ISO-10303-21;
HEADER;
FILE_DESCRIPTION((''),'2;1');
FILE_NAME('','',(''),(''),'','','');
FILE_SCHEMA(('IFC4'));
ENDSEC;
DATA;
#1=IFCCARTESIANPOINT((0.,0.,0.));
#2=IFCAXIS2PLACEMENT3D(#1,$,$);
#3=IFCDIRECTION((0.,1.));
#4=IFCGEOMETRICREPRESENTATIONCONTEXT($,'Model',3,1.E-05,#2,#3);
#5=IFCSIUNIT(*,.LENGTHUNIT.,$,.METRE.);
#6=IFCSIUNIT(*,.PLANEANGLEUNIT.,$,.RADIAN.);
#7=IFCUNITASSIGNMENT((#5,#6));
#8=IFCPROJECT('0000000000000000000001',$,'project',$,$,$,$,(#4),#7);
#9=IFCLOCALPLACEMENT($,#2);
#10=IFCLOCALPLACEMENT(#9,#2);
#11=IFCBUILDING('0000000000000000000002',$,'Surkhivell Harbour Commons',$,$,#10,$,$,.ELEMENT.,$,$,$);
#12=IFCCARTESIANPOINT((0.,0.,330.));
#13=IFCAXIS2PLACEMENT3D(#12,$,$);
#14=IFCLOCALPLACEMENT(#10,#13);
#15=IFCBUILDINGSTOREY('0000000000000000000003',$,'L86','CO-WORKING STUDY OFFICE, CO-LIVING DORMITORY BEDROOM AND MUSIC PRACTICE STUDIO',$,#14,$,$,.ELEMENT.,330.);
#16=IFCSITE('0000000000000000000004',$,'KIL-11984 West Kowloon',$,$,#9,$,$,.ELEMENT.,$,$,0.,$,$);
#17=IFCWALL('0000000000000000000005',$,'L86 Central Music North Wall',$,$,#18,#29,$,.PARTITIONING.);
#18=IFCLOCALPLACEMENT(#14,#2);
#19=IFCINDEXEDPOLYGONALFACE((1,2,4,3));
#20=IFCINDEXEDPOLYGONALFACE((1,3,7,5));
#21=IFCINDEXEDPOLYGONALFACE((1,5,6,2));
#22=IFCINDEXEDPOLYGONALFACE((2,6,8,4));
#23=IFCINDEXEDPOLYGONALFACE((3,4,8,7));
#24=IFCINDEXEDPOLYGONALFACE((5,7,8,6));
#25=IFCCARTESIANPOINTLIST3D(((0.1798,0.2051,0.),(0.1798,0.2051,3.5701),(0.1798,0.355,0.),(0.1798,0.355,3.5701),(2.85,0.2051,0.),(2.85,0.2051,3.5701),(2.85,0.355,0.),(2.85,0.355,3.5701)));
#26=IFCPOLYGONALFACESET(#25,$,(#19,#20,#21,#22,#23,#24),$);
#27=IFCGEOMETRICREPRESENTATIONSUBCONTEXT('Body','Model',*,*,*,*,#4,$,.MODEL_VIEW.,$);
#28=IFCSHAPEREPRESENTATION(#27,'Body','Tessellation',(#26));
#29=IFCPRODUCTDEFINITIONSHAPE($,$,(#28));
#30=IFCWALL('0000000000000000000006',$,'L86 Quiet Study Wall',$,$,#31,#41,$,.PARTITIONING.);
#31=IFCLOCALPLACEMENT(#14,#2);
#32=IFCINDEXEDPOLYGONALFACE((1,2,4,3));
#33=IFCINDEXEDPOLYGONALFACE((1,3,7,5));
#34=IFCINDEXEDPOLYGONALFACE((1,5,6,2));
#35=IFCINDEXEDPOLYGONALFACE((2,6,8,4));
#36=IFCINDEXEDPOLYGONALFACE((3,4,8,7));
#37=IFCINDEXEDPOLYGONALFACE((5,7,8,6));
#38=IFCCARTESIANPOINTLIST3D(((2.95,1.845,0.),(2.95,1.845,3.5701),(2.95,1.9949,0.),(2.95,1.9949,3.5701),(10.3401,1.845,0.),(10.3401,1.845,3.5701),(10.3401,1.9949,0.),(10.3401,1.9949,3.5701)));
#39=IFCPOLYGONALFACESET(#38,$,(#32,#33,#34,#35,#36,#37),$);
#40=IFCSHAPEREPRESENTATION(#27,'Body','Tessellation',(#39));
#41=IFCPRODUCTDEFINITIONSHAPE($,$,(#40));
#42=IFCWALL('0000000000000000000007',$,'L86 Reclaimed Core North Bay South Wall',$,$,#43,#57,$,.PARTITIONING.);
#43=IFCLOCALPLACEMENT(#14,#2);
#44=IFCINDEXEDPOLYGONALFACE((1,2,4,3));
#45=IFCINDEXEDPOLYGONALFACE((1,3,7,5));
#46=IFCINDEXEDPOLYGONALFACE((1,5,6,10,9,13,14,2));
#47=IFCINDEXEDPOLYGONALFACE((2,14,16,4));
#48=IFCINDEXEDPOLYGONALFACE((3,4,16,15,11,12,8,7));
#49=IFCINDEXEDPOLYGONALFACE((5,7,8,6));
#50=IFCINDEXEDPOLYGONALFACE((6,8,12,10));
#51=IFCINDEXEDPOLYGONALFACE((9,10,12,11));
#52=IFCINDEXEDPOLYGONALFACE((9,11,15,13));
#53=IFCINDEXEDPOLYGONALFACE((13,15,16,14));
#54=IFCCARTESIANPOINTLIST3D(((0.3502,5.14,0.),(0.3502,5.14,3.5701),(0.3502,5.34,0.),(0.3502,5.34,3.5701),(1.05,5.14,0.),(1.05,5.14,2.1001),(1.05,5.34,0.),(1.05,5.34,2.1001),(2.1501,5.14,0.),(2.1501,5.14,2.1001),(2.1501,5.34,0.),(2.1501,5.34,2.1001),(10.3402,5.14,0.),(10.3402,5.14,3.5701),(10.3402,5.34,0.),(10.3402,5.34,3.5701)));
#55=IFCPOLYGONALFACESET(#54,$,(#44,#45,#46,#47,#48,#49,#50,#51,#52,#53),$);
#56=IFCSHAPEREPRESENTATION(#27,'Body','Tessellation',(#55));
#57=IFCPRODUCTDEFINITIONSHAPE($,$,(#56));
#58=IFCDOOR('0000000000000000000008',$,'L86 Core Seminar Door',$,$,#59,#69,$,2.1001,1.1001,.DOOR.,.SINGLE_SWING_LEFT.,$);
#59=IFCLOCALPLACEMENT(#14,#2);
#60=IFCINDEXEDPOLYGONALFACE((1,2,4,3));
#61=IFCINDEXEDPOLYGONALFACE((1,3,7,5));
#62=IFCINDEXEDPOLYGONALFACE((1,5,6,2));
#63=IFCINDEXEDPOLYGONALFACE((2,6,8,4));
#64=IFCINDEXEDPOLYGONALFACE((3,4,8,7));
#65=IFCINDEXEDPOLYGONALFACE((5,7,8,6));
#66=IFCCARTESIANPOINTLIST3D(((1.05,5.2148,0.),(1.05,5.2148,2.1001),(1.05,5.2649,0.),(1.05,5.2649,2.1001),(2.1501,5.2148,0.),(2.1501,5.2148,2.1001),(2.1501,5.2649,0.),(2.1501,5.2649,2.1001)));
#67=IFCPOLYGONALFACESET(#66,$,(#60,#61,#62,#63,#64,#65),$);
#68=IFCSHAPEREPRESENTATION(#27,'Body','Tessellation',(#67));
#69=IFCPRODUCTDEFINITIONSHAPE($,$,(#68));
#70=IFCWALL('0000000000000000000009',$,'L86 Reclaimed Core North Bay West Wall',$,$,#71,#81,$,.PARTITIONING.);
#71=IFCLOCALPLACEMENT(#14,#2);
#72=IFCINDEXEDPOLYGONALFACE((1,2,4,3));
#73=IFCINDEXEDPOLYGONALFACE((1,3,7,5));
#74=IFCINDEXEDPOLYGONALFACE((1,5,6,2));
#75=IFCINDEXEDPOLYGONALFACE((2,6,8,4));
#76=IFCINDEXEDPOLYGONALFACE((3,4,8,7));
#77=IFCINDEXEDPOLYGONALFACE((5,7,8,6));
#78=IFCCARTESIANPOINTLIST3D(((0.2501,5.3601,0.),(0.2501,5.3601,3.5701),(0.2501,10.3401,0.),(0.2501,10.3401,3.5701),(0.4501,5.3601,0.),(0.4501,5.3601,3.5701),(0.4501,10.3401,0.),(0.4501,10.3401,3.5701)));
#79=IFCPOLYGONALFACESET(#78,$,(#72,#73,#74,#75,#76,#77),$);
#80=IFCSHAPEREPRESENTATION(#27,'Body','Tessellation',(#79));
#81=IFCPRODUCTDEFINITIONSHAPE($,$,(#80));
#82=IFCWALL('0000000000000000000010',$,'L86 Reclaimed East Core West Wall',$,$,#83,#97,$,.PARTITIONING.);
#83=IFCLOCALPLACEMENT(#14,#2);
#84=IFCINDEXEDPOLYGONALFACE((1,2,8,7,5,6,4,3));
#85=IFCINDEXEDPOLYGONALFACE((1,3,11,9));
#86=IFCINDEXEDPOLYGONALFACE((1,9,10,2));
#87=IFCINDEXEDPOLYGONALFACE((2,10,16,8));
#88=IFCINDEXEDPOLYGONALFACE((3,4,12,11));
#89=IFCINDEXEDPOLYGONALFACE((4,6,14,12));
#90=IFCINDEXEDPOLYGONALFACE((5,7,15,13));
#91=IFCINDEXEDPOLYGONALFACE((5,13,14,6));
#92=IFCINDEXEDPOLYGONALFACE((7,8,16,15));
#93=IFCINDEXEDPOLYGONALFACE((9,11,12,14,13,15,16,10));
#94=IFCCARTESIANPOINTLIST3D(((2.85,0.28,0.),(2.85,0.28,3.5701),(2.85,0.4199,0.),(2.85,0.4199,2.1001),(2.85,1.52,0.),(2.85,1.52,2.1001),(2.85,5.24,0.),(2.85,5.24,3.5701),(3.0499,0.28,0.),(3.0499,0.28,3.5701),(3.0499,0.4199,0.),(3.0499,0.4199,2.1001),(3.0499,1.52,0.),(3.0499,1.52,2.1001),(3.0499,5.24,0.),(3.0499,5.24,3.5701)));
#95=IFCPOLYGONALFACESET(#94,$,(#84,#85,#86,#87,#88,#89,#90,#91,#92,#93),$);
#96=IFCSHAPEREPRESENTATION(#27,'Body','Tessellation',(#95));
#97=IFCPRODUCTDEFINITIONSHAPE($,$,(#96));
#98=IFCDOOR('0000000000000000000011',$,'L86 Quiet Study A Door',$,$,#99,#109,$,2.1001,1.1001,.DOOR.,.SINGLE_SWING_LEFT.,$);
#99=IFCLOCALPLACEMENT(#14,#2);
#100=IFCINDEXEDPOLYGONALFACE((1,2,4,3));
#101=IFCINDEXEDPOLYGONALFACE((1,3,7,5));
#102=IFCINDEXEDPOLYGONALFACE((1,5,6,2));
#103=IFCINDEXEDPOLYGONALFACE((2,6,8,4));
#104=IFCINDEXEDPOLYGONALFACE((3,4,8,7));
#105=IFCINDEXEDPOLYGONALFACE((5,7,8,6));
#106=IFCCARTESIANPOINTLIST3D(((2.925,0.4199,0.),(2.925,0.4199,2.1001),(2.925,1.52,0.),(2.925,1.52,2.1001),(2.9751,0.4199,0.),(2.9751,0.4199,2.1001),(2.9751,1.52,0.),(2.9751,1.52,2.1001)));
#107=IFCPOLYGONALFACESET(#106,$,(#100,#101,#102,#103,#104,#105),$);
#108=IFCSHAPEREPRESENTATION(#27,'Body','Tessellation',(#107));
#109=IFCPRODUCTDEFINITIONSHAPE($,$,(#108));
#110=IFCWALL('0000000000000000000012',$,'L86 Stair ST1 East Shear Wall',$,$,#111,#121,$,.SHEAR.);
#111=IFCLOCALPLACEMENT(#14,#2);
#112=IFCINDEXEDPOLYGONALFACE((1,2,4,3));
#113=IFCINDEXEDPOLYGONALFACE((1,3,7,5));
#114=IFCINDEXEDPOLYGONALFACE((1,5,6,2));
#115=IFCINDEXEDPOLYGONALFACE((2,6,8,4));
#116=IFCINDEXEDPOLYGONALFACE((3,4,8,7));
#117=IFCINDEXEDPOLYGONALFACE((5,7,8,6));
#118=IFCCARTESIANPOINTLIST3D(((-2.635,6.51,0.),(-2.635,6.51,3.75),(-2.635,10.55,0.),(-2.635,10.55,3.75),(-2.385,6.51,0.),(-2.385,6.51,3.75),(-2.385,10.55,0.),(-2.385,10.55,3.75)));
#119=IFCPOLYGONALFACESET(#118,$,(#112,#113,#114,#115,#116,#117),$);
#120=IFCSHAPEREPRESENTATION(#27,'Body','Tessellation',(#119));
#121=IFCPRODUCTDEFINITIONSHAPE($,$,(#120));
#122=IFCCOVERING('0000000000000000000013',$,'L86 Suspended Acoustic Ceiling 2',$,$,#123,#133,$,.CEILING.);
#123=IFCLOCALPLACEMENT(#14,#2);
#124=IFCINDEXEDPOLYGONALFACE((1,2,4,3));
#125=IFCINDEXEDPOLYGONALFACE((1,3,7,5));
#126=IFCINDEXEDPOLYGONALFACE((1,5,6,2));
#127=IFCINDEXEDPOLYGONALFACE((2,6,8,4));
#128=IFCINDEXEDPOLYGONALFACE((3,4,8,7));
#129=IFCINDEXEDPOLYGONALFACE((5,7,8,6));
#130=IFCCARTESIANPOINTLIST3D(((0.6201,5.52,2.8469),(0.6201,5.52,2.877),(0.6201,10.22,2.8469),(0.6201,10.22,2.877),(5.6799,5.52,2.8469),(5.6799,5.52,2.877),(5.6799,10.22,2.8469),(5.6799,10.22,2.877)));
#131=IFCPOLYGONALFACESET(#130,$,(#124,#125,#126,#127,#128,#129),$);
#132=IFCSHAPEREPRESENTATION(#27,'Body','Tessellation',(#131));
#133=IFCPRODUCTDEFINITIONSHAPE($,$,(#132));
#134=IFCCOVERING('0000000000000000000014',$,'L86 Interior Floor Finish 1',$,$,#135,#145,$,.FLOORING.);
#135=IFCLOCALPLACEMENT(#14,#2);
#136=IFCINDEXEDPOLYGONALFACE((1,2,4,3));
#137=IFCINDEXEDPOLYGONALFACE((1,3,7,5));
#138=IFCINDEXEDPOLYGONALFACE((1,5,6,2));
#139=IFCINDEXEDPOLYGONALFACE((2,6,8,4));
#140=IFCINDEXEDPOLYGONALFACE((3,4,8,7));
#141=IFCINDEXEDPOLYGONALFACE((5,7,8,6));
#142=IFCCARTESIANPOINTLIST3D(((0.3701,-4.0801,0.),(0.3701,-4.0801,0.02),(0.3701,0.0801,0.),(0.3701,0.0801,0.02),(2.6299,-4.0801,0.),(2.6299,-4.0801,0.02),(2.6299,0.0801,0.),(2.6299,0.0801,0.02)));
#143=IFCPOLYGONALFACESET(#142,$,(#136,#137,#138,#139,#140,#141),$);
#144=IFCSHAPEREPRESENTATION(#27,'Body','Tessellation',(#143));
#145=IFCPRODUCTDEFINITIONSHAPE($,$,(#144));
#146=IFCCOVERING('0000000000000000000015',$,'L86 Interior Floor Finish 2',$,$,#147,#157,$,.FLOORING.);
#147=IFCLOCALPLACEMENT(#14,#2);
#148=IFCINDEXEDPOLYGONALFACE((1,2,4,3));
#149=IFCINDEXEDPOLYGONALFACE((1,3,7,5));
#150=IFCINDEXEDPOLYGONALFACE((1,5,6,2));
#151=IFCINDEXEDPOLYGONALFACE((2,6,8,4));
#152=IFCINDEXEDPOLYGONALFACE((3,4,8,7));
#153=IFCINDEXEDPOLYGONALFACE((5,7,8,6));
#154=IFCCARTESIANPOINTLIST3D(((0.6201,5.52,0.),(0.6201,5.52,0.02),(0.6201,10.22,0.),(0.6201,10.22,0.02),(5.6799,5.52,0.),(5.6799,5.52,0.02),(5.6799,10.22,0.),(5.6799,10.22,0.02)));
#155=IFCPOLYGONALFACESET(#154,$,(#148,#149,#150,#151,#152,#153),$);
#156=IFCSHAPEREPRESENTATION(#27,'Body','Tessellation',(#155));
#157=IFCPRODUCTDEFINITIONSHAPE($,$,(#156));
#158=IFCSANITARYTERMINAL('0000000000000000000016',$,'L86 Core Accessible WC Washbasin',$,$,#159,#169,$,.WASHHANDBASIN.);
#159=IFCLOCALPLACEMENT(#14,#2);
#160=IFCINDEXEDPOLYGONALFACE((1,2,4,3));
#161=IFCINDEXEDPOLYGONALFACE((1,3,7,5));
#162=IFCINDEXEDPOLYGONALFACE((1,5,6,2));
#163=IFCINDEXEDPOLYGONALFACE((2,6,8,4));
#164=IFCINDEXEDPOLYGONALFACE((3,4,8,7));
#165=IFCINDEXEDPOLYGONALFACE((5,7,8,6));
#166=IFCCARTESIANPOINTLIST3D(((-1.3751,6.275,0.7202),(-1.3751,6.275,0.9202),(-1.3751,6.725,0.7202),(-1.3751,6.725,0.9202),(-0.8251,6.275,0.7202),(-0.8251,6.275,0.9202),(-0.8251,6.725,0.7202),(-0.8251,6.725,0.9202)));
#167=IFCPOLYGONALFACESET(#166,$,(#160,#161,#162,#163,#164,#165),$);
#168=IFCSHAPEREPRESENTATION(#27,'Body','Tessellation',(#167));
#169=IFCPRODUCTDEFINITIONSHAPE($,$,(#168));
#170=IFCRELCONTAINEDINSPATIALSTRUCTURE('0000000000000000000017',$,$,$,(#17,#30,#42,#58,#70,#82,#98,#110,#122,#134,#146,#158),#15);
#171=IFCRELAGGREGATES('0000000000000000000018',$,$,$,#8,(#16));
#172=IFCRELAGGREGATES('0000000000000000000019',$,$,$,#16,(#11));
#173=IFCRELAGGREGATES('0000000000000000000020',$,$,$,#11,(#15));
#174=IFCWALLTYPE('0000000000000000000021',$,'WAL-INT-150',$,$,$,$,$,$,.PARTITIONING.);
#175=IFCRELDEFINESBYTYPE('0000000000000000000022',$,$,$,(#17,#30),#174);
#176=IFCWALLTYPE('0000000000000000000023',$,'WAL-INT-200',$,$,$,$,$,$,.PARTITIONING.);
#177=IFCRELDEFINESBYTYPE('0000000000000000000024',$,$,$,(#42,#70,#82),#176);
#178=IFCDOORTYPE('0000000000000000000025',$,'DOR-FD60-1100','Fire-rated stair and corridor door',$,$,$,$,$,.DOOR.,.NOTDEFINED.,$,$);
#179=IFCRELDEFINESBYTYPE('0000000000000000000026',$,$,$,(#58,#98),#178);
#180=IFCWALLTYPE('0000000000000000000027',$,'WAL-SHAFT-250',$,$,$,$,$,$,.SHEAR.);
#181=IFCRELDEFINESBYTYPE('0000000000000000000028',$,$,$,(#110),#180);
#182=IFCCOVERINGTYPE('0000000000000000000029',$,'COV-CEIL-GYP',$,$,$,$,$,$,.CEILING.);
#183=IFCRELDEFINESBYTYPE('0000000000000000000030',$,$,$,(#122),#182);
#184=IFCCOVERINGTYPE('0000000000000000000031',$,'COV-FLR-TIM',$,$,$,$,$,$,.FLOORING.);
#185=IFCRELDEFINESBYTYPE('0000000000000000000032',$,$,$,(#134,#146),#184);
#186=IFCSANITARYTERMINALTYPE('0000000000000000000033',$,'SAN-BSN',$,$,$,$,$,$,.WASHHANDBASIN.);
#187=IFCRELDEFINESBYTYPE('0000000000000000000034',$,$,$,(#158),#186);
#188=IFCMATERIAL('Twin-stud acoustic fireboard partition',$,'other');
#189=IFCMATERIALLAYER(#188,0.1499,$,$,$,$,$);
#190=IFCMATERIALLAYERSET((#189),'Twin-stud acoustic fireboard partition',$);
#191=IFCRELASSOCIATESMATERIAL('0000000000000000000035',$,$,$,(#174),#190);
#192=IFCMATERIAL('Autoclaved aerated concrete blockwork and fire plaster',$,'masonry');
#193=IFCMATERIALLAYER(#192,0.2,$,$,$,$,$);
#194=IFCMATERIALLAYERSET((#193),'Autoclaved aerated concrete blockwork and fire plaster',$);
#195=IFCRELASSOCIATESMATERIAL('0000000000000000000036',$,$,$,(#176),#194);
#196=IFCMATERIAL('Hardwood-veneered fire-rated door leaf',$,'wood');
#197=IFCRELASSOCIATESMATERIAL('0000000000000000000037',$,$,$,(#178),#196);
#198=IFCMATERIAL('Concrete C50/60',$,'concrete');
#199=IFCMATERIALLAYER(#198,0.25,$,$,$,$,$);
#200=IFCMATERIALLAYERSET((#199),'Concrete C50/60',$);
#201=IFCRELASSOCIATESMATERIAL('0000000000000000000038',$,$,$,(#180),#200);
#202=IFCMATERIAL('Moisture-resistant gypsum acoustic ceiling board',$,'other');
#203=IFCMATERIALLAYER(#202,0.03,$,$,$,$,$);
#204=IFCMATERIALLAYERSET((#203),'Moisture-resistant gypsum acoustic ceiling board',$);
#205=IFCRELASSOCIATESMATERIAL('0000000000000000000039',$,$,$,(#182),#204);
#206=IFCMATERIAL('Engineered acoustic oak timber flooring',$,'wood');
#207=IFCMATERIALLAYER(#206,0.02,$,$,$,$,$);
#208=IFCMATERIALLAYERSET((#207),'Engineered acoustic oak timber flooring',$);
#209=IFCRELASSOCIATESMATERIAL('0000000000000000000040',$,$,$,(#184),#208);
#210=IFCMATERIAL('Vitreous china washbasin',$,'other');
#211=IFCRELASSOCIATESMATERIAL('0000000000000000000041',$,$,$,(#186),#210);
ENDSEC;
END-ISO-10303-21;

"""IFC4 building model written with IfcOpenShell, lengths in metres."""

from ifc_helpers import new_model, si_unit, direction, frame, frame_2d, origin, origin_2d, place, context, subcontext, project, spatial, polyline, rectangle, outline, extrude, material, layer, layer_set, type_object, element, fill, save


model = new_model("IFC4")

# Units and contexts
model_context = context("Model", 3, precision=1e-05, world=origin(), true_north=direction((0.0, 1.0)))
body_context = subcontext(model_context, "Body", "Model", "MODEL_VIEW")
ifc_project = project(units=[si_unit("LENGTHUNIT", "METRE"), si_unit("PLANEANGLEUNIT", "RADIAN")], contexts=[model_context])

# Site, building, storey
site_placement = place(None, origin())
site = spatial("IfcSite", under=ifc_project, at=site_placement, Name="KIL-11984 West Kowloon", CompositionType="ELEMENT", RefElevation=0.0)
building_placement = place(site_placement, origin())
building = spatial("IfcBuilding", under=site, at=building_placement, Name="Surkhivell Harbour Commons", CompositionType="ELEMENT")
storey_placement = place(building_placement, frame((0.0, 0.0, 330.0)))
storey = spatial("IfcBuildingStorey", under=building, at=storey_placement, Name="L86", Description="CO-WORKING STUDY OFFICE, CO-LIVING DORMITORY BEDROOM AND MUSIC PRACTICE STUDIO", CompositionType="ELEMENT", Elevation=330.0)

# Shared definitions
ifc_material_1 = material(Name="Concrete C50/60", Category="concrete")

# Shared definitions
ifc_material_2 = material(Name="Twin-stud acoustic fireboard partition", Category="other")
ifc_layer_1 = layer(ifc_material_2, 0.1499)
ifc_layer_set_1 = layer_set([ifc_layer_1], Name="Twin-stud acoustic fireboard partition")
wall_type_1 = type_object("IfcWallType", Name="WAL-INT-150", PredefinedType="PARTITIONING", material=ifc_layer_set_1)
ifc_material_3 = material(Name="Hardwood-veneered fire-rated door leaf", Category="wood")

# Walls
wall_1_placement = place(storey_placement, frame((0.1799, 0.28, 0.0), z_axis=(0.0, 0.0, 1.0), x_axis=(1.0, 0.0, 0.0)))
element("IfcWall", 1, at=wall_1_placement, inside=storey, type_object=wall_type_1, Name="L86 Central Music North Wall", PredefinedType="PARTITIONING", context=body_context, shape_type="SweptSolid", body=[
    extrude(rectangle(XDim=2.6702, YDim=0.1499, at=frame_2d((1.335, 0.0))), origin(), (0.0, 0.0, 1.0), 3.5701),
])
wall_2_placement = place(storey_placement, frame((2.95, 1.9199, 0.0), z_axis=(0.0, 0.0, 1.0), x_axis=(1.0, 0.0, 0.0)))
element("IfcWall", 2, at=wall_2_placement, inside=storey, type_object=wall_type_1, Name="L86 Quiet Study Wall", PredefinedType="PARTITIONING", context=body_context, shape_type="SweptSolid", body=[
    extrude(rectangle(XDim=7.3901, YDim=0.1499, at=frame_2d((3.6951, 0.0))), origin(), (0.0, 0.0, 1.0), 3.5701),
])

# Wall, opening, door
ifc_material_4 = material(Name="Autoclaved aerated concrete blockwork and fire plaster", Category="masonry")
ifc_layer_2 = layer(ifc_material_4, 0.2)
ifc_layer_set_2 = layer_set([ifc_layer_2], Name="Autoclaved aerated concrete blockwork and fire plaster")
wall_type_2 = type_object("IfcWallType", Name="WAL-INT-200", PredefinedType="PARTITIONING", material=ifc_layer_set_2)
wall_3_placement = place(storey_placement, frame((0.3501, 5.24, 0.0), z_axis=(0.0, 0.0, 1.0), x_axis=(1.0, 0.0, 0.0)))
wall_3 = element("IfcWall", 3, at=wall_3_placement, inside=storey, type_object=wall_type_2, Name="L86 Reclaimed Core North Bay South Wall", PredefinedType="PARTITIONING", context=body_context, shape_type="SweptSolid", body=[
    extrude(rectangle(XDim=9.99, YDim=0.2, at=frame_2d((4.9951, 0.0))), origin(), (0.0, 0.0, 1.0), 3.5701),
])
opening_1_placement = place(wall_3_placement, frame((0.7, 0.0, 0.0)))
opening_1 = element("IfcOpeningElement", 4, at=opening_1_placement, cuts=wall_3, PredefinedType="OPENING", context=body_context, shape_type="SweptSolid", body=[
    extrude(rectangle(XDim=1.1001, YDim=2.1001, at=frame_2d((0.55, 1.05))), frame((0.0, 0.1099, 0.0), z_axis=(0.0, -1.0, 0.0), x_axis=(1.0, 0.0, 0.0)), (0.0, 0.0, 1.0), 0.22),
])
door_type_1 = type_object("IfcDoorType", Name="DOR-FD60-1100", Description="Fire-rated stair and corridor door", OperationType="NOTDEFINED", PredefinedType="DOOR", material=ifc_material_3)
door_1_placement = place(opening_1_placement, origin())
door_1 = element("IfcDoor", 5, at=door_1_placement, inside=storey, type_object=door_type_1, Name="L86 Core Seminar Door", OperationType="SINGLE_SWING_LEFT", OverallHeight=2.1001, OverallWidth=1.1001, PredefinedType="DOOR", context=body_context, shape_type="SweptSolid", body=[
    extrude(rectangle(XDim=1.1001, YDim=2.1001, at=frame_2d((0.55, 1.05))), frame((0.0, 0.0249, 0.0), z_axis=(0.0, -1.0, 0.0), x_axis=(1.0, 0.0, 0.0)), (0.0, 0.0, 1.0), 0.05),
])
fill(opening_1, door_1)

# Wall
wall_4_placement = place(storey_placement, frame((0.3501, 5.3601, 0.0), z_axis=(0.0, 0.0, 1.0), x_axis=(0.0, 1.0, 0.0)))
element("IfcWall", 6, at=wall_4_placement, inside=storey, type_object=wall_type_2, Name="L86 Reclaimed Core North Bay West Wall", PredefinedType="PARTITIONING", context=body_context, shape_type="SweptSolid", body=[
    extrude(rectangle(XDim=4.98, YDim=0.2, at=frame_2d((2.49, 0.0))), origin(), (0.0, 0.0, 1.0), 3.5701),
])

# Wall, opening, door
wall_5_placement = place(storey_placement, frame((2.95, 0.28, 0.0), z_axis=(0.0, 0.0, 1.0), x_axis=(0.0, 1.0, 0.0)))
wall_5 = element("IfcWall", 7, at=wall_5_placement, inside=storey, type_object=wall_type_2, Name="L86 Reclaimed East Core West Wall", PredefinedType="PARTITIONING", context=body_context, shape_type="SweptSolid", body=[
    extrude(rectangle(XDim=4.96, YDim=0.2, at=frame_2d((2.48, 0.0))), origin(), (0.0, 0.0, 1.0), 3.5701),
])
opening_2_placement = place(wall_5_placement, frame((0.1399, 0.0, 0.0)))
opening_2 = element("IfcOpeningElement", 8, at=opening_2_placement, cuts=wall_5, PredefinedType="OPENING", context=body_context, shape_type="SweptSolid", body=[
    extrude(rectangle(XDim=1.1001, YDim=2.1001, at=frame_2d((0.55, 1.05))), frame((0.0, 0.1099, 0.0), z_axis=(0.0, -1.0, 0.0), x_axis=(1.0, 0.0, 0.0)), (0.0, 0.0, 1.0), 0.22),
])
door_2_placement = place(opening_2_placement, origin())
door_2 = element("IfcDoor", 9, at=door_2_placement, inside=storey, type_object=door_type_1, Name="L86 Quiet Study A Door", OperationType="SINGLE_SWING_LEFT", OverallHeight=2.1001, OverallWidth=1.1001, PredefinedType="DOOR", context=body_context, shape_type="SweptSolid", body=[
    extrude(rectangle(XDim=1.1001, YDim=2.1001, at=frame_2d((0.55, 1.05))), frame((0.0, 0.0249, 0.0), z_axis=(0.0, -1.0, 0.0), x_axis=(1.0, 0.0, 0.0)), (0.0, 0.0, 1.0), 0.05),
])
fill(opening_2, door_2)

# Wall
ifc_layer_3 = layer(ifc_material_1, 0.25)
ifc_layer_set_3 = layer_set([ifc_layer_3], Name="Concrete C50/60")
wall_type_3 = type_object("IfcWallType", Name="WAL-SHAFT-250", PredefinedType="SHEAR", material=ifc_layer_set_3)
wall_6_placement = place(storey_placement, frame((-2.51, 6.51, 0.0), z_axis=(0.0, 0.0, 1.0), x_axis=(0.0, 1.0, 0.0)))
element("IfcWall", 10, at=wall_6_placement, inside=storey, type_object=wall_type_3, Name="L86 Stair ST1 East Shear Wall", PredefinedType="SHEAR", context=body_context, shape_type="SweptSolid", body=[
    extrude(rectangle(XDim=4.04, YDim=0.25, at=frame_2d((2.02, 0.0))), origin(), (0.0, 0.0, 1.0), 3.75),
])

# Coverings
ifc_material_5 = material(Name="Moisture-resistant gypsum acoustic ceiling board", Category="other")
ifc_layer_4 = layer(ifc_material_5, 0.03)
ifc_layer_set_4 = layer_set([ifc_layer_4], Name="Moisture-resistant gypsum acoustic ceiling board")
covering_type_1 = type_object("IfcCoveringType", Name="COV-CEIL-GYP", PredefinedType="CEILING", material=ifc_layer_set_4)
covering_1_placement = place(storey_placement, frame((0.0, 0.0, 2.8469)))
element("IfcCovering", 11, at=covering_1_placement, inside=storey, type_object=covering_type_1, Name="L86 Suspended Acoustic Ceiling 2", PredefinedType="CEILING", context=body_context, shape_type="SweptSolid", body=[
    extrude(outline(polyline([(0.6201, 5.52), (5.6799, 5.52), (5.6799, 10.22), (0.6201, 10.22), (0.6201, 5.52)])), origin(), (0.0, 0.0, 1.0), 0.03),
])
ifc_material_6 = material(Name="Engineered acoustic oak timber flooring", Category="wood")
ifc_layer_5 = layer(ifc_material_6, 0.02)
ifc_layer_set_5 = layer_set([ifc_layer_5], Name="Engineered acoustic oak timber flooring")
covering_type_2 = type_object("IfcCoveringType", Name="COV-FLR-TIM", PredefinedType="FLOORING", material=ifc_layer_set_5)
covering_2_placement = place(storey_placement, origin())
element("IfcCovering", 12, at=covering_2_placement, inside=storey, type_object=covering_type_2, Name="L86 Interior Floor Finish 1", PredefinedType="FLOORING", context=body_context, shape_type="SweptSolid", body=[
    extrude(outline(polyline([(0.3701, -4.0801), (2.6299, -4.0801), (2.6299, 0.0801), (0.3701, 0.0801), (0.3701, -4.0801)])), origin(), (0.0, 0.0, 1.0), 0.02),
])
covering_3_placement = place(storey_placement, origin())
element("IfcCovering", 13, at=covering_3_placement, inside=storey, type_object=covering_type_2, Name="L86 Interior Floor Finish 2", PredefinedType="FLOORING", context=body_context, shape_type="SweptSolid", body=[
    extrude(outline(polyline([(0.6201, 5.52), (5.6799, 5.52), (5.6799, 10.22), (0.6201, 10.22), (0.6201, 5.52)])), origin(), (0.0, 0.0, 1.0), 0.02),
])

# Sanitary terminal
ifc_material_7 = material(Name="Vitreous china washbasin", Category="other")
sanitary_terminal_type_1 = type_object("IfcSanitaryTerminalType", Name="SAN-BSN", PredefinedType="WASHHANDBASIN", material=ifc_material_7)
sanitary_terminal_1_placement = place(storey_placement, frame((-1.1001, 6.5, 0.7202), z_axis=(0.0, 0.0, 1.0), x_axis=(1.0, 0.0, 0.0)))
element("IfcSanitaryTerminal", 14, at=sanitary_terminal_1_placement, inside=storey, type_object=sanitary_terminal_type_1, Name="L86 Core Accessible WC Washbasin", PredefinedType="WASHHANDBASIN", context=body_context, shape_type="SweptSolid", body=[
    extrude(rectangle(XDim=0.55, YDim=0.45, at=origin_2d()), origin(), (0.0, 0.0, 1.0), 0.2),
])

save(model, "model.ifc")
